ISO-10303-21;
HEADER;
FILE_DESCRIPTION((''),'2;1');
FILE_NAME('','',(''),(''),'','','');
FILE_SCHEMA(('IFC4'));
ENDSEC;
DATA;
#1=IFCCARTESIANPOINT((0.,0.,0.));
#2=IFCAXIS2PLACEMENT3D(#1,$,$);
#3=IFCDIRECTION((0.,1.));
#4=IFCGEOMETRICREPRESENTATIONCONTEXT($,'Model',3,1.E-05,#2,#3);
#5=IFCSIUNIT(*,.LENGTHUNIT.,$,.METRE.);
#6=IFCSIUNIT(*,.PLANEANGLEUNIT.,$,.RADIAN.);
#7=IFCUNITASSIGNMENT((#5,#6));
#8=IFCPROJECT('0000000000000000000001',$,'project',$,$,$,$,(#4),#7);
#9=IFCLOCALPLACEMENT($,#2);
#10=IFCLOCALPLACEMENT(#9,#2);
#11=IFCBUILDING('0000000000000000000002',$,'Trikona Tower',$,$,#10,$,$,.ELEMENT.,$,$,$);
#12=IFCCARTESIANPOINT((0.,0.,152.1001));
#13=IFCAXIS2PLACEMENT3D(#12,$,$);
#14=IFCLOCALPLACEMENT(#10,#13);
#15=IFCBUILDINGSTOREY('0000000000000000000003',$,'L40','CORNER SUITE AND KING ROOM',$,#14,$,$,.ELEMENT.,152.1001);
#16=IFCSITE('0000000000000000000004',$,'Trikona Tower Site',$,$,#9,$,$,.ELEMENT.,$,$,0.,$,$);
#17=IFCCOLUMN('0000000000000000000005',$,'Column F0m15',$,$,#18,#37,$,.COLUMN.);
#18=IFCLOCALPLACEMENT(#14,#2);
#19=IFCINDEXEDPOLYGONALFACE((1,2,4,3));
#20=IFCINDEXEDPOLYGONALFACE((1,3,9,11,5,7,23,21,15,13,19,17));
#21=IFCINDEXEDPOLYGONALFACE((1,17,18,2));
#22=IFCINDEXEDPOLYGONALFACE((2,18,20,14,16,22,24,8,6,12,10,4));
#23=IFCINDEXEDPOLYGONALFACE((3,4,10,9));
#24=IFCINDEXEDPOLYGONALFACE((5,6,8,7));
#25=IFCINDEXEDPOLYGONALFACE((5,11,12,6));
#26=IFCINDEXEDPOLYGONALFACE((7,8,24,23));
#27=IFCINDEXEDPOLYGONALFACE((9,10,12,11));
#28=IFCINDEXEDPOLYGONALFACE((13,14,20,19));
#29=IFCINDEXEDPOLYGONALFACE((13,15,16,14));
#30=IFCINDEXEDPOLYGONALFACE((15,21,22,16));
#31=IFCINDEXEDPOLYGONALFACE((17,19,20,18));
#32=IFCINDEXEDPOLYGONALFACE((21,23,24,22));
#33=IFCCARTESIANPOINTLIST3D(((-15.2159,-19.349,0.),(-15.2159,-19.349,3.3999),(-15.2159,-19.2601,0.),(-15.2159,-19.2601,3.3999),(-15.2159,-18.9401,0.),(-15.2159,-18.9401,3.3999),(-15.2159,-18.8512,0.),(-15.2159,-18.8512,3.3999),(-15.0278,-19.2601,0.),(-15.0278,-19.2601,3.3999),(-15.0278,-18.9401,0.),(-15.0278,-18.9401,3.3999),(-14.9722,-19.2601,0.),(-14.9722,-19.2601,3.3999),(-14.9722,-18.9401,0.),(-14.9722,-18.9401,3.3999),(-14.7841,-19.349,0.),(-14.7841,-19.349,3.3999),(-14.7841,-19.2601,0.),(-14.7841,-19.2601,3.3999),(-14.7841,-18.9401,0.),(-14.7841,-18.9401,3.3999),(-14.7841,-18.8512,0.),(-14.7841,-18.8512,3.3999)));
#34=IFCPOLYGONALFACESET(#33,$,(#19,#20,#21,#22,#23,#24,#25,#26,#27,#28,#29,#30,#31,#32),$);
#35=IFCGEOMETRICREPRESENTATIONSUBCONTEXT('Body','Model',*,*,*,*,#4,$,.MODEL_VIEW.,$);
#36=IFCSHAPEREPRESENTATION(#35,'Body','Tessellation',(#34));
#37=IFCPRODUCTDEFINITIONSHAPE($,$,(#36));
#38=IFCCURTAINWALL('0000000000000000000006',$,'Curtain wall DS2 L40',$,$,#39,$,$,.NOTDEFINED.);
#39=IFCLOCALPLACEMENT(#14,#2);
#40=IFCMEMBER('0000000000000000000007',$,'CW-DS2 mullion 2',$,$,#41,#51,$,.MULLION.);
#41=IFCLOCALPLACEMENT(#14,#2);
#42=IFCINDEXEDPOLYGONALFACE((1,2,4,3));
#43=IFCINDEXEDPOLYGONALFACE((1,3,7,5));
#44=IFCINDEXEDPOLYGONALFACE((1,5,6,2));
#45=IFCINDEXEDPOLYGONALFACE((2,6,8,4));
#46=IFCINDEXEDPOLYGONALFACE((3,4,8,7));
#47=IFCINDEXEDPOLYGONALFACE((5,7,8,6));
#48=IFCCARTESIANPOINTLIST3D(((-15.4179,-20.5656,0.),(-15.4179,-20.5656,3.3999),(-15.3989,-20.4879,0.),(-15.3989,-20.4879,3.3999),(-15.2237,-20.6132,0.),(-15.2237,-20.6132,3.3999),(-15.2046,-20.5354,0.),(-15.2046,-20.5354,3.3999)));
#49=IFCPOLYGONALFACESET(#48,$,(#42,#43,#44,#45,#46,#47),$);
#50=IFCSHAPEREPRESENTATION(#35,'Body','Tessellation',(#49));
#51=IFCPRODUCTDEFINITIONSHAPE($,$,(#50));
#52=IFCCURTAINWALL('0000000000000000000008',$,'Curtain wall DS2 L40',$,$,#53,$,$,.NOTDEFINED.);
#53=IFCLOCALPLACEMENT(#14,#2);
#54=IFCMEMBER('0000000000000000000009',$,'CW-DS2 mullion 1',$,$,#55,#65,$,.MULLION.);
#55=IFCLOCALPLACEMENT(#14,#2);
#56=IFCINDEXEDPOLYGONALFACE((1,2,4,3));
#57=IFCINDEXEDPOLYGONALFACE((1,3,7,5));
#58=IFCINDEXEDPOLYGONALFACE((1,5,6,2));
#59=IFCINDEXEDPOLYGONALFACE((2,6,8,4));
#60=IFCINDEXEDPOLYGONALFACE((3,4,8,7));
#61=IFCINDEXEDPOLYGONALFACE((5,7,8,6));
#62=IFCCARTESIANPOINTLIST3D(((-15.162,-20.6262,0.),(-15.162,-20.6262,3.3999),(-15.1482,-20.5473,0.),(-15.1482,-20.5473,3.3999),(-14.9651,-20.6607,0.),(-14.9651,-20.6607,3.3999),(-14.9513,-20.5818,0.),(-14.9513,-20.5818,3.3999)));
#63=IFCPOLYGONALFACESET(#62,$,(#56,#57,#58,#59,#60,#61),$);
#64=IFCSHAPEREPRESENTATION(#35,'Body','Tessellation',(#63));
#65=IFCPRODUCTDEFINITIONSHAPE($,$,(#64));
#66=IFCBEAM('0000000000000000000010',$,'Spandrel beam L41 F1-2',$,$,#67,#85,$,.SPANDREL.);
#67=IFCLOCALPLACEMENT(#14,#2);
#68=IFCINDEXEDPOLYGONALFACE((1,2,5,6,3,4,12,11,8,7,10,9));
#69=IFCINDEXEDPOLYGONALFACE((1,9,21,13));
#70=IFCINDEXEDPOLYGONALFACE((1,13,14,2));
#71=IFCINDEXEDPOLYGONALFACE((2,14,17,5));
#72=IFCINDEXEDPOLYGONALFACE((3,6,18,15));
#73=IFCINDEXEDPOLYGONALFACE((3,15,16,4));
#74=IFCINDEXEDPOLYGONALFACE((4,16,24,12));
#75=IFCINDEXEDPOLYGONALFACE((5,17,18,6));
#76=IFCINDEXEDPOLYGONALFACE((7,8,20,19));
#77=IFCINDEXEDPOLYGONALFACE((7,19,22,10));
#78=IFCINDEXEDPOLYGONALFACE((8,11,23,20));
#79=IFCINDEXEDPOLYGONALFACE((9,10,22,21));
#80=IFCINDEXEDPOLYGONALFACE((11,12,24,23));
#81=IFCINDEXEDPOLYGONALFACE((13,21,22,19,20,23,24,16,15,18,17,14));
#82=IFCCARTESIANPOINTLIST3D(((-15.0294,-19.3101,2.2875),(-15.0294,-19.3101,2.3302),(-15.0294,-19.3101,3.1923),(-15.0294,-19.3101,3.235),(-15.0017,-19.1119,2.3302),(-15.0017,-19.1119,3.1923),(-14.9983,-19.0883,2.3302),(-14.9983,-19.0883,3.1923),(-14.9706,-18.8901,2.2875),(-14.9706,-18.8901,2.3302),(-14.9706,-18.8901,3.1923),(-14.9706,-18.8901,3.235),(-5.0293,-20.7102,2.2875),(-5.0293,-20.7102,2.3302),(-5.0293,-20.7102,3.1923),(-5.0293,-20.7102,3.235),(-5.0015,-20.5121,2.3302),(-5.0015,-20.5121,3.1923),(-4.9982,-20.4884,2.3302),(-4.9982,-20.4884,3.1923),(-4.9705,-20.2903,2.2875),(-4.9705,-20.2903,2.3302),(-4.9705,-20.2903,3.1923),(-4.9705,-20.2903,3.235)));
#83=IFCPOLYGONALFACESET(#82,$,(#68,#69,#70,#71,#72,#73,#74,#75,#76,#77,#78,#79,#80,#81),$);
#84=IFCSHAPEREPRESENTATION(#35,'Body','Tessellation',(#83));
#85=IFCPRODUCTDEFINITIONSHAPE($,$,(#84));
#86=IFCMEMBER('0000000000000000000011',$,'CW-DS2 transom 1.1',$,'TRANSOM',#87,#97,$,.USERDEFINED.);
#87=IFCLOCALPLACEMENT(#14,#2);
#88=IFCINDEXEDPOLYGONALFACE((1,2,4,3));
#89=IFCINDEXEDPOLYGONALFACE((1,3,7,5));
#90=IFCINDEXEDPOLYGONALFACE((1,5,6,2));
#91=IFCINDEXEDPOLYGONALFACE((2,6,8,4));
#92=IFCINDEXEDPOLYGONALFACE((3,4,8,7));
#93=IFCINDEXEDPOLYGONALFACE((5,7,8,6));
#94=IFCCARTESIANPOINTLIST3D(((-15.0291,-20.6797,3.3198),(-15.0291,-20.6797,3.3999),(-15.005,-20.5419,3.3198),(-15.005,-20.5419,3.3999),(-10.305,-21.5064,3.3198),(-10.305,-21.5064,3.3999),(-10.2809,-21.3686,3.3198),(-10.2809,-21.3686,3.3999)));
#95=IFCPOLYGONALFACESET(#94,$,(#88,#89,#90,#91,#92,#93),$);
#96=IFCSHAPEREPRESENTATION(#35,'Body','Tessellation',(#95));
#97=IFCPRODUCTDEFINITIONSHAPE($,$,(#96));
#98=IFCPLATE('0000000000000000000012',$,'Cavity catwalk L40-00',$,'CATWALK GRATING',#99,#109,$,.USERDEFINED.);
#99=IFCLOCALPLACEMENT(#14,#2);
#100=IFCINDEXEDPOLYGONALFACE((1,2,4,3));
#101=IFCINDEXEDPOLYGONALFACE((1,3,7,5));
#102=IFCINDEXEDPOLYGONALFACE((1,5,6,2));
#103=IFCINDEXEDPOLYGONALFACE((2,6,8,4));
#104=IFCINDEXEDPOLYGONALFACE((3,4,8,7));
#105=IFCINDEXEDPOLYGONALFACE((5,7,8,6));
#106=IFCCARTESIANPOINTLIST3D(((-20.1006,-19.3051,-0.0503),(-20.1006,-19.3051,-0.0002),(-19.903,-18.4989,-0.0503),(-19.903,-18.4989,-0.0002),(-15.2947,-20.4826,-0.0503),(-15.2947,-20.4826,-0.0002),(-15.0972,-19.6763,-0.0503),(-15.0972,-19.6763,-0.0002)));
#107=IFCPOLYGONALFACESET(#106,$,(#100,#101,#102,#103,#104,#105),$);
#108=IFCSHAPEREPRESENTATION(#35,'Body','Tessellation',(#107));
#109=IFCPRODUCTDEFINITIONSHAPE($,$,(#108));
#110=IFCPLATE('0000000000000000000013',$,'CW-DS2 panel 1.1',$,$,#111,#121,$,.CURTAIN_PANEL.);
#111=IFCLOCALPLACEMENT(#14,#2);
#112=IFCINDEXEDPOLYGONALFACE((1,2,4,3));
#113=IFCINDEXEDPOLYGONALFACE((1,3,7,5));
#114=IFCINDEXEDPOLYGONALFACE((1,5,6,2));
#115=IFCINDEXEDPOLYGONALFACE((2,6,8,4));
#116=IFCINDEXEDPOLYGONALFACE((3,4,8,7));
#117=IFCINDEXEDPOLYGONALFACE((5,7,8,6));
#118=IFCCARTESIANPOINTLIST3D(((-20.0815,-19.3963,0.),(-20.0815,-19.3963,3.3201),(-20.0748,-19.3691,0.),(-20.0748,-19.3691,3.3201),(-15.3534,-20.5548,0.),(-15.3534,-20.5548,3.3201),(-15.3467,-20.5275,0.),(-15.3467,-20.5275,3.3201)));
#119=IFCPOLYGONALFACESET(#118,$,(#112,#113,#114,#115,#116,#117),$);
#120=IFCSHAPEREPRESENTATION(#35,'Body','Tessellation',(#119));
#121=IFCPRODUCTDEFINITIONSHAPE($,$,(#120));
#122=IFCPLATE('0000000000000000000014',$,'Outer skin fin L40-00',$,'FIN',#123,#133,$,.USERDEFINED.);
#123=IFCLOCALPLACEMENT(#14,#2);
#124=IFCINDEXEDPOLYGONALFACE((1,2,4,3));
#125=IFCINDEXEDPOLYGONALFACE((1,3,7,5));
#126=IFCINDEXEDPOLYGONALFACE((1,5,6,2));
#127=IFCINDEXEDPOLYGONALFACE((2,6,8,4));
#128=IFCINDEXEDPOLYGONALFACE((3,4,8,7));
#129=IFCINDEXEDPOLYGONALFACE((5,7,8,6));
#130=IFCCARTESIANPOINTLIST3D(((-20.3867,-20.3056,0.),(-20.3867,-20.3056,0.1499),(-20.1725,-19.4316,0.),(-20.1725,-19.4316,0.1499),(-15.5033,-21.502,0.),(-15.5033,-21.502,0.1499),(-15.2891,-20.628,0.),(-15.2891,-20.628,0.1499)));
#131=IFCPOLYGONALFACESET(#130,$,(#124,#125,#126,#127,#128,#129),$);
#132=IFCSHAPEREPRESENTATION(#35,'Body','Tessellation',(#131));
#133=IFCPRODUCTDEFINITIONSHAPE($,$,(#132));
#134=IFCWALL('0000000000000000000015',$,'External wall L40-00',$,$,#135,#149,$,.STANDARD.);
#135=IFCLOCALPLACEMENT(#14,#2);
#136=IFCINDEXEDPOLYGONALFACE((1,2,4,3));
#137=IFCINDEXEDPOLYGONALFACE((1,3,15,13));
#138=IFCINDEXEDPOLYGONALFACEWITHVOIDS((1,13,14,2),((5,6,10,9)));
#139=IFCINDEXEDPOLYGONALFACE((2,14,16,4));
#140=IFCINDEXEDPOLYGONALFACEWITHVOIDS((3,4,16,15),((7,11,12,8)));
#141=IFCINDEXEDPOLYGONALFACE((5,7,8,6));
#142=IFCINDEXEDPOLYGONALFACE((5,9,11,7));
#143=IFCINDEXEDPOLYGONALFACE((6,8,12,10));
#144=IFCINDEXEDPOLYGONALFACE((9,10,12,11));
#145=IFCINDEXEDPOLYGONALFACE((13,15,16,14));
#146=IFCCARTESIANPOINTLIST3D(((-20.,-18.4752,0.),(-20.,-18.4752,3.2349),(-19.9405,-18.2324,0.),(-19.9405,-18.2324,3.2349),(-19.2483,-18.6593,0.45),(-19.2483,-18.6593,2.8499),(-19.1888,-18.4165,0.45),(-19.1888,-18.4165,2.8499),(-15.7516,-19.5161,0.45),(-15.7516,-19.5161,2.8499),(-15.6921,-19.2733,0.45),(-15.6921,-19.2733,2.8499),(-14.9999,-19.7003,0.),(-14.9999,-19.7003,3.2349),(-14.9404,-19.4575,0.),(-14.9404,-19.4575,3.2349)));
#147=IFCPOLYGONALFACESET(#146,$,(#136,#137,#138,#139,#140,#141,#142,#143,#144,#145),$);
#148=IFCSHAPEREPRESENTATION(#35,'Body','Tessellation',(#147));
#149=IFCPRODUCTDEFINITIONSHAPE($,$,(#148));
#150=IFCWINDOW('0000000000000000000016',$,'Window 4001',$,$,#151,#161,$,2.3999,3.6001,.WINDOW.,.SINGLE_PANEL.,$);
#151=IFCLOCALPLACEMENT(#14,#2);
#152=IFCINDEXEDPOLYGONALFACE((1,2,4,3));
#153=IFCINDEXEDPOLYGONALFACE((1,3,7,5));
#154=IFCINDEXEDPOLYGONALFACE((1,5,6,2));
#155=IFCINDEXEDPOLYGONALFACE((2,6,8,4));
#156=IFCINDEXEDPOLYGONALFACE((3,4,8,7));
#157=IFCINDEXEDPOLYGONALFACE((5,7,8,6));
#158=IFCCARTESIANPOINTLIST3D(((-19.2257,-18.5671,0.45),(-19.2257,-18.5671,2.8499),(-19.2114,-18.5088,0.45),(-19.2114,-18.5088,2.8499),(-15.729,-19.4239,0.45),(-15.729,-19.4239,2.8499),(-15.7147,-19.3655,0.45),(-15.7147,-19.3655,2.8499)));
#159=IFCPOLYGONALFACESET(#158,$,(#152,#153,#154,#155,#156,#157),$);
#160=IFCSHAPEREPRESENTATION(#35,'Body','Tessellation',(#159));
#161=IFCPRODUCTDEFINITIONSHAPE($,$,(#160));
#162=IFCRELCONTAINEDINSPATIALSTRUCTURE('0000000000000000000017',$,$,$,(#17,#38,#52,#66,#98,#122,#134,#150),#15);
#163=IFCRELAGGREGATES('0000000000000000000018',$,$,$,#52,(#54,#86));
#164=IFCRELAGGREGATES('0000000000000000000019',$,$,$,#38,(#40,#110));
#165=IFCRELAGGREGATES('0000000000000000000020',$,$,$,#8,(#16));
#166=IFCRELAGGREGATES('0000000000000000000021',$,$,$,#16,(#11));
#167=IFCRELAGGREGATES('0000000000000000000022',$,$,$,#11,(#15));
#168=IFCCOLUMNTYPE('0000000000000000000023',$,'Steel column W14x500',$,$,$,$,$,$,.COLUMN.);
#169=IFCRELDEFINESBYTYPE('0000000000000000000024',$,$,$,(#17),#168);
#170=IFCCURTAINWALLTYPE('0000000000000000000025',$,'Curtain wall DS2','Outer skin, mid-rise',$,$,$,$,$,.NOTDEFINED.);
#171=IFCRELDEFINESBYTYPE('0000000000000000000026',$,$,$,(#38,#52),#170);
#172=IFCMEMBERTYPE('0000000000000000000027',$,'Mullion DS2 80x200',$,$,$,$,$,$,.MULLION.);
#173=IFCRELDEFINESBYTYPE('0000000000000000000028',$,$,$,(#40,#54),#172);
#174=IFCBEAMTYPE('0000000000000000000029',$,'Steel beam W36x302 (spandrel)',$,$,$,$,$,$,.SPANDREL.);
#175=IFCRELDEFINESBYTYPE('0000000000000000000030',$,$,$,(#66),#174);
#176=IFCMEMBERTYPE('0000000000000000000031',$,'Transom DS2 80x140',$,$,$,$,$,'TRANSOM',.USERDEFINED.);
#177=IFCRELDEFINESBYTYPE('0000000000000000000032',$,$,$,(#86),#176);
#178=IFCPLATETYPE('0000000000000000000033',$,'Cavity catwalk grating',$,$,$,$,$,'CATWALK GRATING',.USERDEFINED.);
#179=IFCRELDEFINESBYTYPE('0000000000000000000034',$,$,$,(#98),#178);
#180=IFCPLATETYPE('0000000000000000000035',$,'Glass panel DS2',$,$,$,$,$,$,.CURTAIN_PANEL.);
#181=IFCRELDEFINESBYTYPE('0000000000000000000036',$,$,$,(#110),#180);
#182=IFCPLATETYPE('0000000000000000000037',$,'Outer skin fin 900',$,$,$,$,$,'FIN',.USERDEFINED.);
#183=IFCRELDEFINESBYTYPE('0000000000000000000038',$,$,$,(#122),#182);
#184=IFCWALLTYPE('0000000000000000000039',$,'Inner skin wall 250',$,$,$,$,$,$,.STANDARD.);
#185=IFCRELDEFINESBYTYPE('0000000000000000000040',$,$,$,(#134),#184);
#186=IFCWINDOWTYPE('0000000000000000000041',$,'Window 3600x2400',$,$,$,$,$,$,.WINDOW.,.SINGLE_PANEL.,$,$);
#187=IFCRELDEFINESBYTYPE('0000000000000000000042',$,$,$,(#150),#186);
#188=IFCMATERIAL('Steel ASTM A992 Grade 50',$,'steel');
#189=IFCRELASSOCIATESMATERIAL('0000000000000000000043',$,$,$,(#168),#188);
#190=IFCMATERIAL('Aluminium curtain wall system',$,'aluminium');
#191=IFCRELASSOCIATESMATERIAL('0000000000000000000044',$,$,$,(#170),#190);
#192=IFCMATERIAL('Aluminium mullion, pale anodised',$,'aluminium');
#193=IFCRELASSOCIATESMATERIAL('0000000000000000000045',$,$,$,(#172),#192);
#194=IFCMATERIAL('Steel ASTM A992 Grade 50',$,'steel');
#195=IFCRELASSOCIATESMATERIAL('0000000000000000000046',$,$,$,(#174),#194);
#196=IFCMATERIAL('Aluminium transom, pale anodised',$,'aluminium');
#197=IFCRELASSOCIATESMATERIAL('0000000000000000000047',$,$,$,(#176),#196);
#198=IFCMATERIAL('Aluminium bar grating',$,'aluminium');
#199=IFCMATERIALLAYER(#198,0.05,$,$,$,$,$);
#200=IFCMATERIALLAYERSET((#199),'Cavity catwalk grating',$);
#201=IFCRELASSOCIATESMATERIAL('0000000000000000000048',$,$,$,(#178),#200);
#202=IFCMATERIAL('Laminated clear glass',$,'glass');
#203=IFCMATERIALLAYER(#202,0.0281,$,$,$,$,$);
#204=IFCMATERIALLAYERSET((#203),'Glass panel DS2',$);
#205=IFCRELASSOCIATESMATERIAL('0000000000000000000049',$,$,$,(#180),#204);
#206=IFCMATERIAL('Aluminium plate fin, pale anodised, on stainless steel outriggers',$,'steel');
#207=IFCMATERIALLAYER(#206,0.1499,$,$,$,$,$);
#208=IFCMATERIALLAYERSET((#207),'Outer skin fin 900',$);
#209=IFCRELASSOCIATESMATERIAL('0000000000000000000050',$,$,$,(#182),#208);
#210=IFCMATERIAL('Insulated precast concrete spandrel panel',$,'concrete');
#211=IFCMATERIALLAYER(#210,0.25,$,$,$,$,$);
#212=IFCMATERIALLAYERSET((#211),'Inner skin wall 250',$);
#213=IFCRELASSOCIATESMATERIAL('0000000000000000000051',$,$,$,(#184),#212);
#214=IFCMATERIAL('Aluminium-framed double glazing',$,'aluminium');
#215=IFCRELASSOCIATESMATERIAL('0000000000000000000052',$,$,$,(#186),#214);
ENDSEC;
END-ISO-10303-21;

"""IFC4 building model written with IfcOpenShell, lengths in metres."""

from ifc_helpers import new_model, si_unit, direction, frame, frame_2d, origin, origin_2d, place, context, subcontext, project, spatial, rectangle, i_section, extrude, material, layer, layer_set, material_profile, profile_set, type_object, element, fill, aggregate, save


model = new_model("IFC4")

# Units and contexts
model_context = context("Model", 3, precision=1e-05, world=origin(), true_north=direction((0.0, 1.0)))
body_context = subcontext(model_context, "Body", "Model", "MODEL_VIEW")
ifc_project = project(units=[si_unit("LENGTHUNIT", "METRE"), si_unit("PLANEANGLEUNIT", "RADIAN")], contexts=[model_context])

# Site, building, storey
site_placement = place(None, origin())
site = spatial("IfcSite", under=ifc_project, at=site_placement, Name="Trikona Tower Site", CompositionType="ELEMENT", RefElevation=0.0)
building_placement = place(site_placement, origin())
building = spatial("IfcBuilding", under=site, at=building_placement, Name="Trikona Tower", CompositionType="ELEMENT")
storey_placement = place(building_placement, frame((0.0, 0.0, 152.1001)))
storey = spatial("IfcBuildingStorey", under=building, at=storey_placement, Name="L40", Description="CORNER SUITE AND KING ROOM", CompositionType="ELEMENT", Elevation=152.1001)

# Column
ifc_material_1 = material(Name="Steel ASTM A992 Grade 50", Category="steel")
ifc_material_profile_1 = material_profile(ifc_material_1, i_section(OverallWidth=0.4319, OverallDepth=0.4978, WebThickness=0.0557, FlangeThickness=0.0889, at=origin_2d()), Name="W14X500")
ifc_profile_set_1 = profile_set([ifc_material_profile_1], Name="Steel ASTM A992 Grade 50")
column_type = type_object("IfcColumnType", Name="Steel column W14x500", PredefinedType="COLUMN", material=ifc_profile_set_1)
column_placement = place(storey_placement, frame((-15.0, -19.1001, 0.0), z_axis=(0.0, 0.0, 1.0), x_axis=(1.0, 0.0, 0.0)))
element("IfcColumn", 1, at=column_placement, inside=storey, type_object=column_type, Name="Column F0m15", PredefinedType="COLUMN", context=body_context, shape_type="SweptSolid", body=[
    extrude(i_section(OverallWidth=0.4319, OverallDepth=0.4978, WebThickness=0.0557, FlangeThickness=0.0889, at=origin_2d()), origin(), (0.0, 0.0, 1.0), 3.3999),
])

# Curtain walls, members
ifc_material_2 = material(Name="Aluminium curtain wall system", Category="aluminium")
curtain_wall_type = type_object("IfcCurtainWallType", Name="Curtain wall DS2", Description="Outer skin, mid-rise", PredefinedType="NOTDEFINED", material=ifc_material_2)
curtain_wall_1_placement = place(storey_placement, origin())
curtain_wall_1 = element("IfcCurtainWall", 2, at=curtain_wall_1_placement, inside=storey, type_object=curtain_wall_type, Name="Curtain wall DS2 L40", PredefinedType="NOTDEFINED")
ifc_material_3 = material(Name="Aluminium mullion, pale anodised", Category="aluminium")
ifc_material_profile_2 = material_profile(ifc_material_3, rectangle(XDim=0.0801, YDim=0.2, at=origin_2d()), Name="MUL-DS2")
ifc_profile_set_2 = profile_set([ifc_material_profile_2], Name="Aluminium mullion, pale anodised")
member_type_1 = type_object("IfcMemberType", Name="Mullion DS2 80x200", PredefinedType="MULLION", material=ifc_profile_set_2)
member_1_placement = place(storey_placement, frame((-15.3113, -20.5505, 0.0), z_axis=(0.0, 0.0, 1.0), x_axis=(0.23797, 0.971272, 0.0)))
member_1 = element("IfcMember", 3, at=member_1_placement, type_object=member_type_1, Name="CW-DS2 mullion 2", PredefinedType="MULLION", context=body_context, shape_type="SweptSolid", body=[
    extrude(rectangle(XDim=0.0801, YDim=0.2, at=origin_2d()), origin(), (0.0, 0.0, 1.0), 3.3999),
])
curtain_wall_2_placement = place(storey_placement, origin())
curtain_wall_2 = element("IfcCurtainWall", 4, at=curtain_wall_2_placement, inside=storey, type_object=curtain_wall_type, Name="Curtain wall DS2 L40", PredefinedType="NOTDEFINED")
member_2_placement = place(storey_placement, frame((-15.0566, -20.604, 0.0), z_axis=(0.0, 0.0, 1.0), x_axis=(0.172377, 0.985031, 0.0)))
member_2 = element("IfcMember", 5, at=member_2_placement, type_object=member_type_1, Name="CW-DS2 mullion 1", PredefinedType="MULLION", context=body_context, shape_type="SweptSolid", body=[
    extrude(rectangle(XDim=0.0801, YDim=0.2, at=origin_2d()), origin(), (0.0, 0.0, 1.0), 3.3999),
])

# Beam
ifc_material_4 = material(Name="Steel ASTM A992 Grade 50", Category="steel")
ifc_material_profile_3 = material_profile(ifc_material_4, i_section(OverallWidth=0.4241, OverallDepth=0.9475, WebThickness=0.0239, FlangeThickness=0.0427, at=origin_2d()), Name="W36X302")
ifc_profile_set_3 = profile_set([ifc_material_profile_3], Name="Steel ASTM A992 Grade 50")
beam_type = type_object("IfcBeamType", Name="Steel beam W36x302 (spandrel)", PredefinedType="SPANDREL", material=ifc_profile_set_3)
beam_placement = place(storey_placement, frame((-15.0, -19.1001, 2.7612), z_axis=(0.99034, -0.138662, 0.0), x_axis=(0.138662, 0.99034, 0.0)))
element("IfcBeam", 6, at=beam_placement, inside=storey, type_object=beam_type, Name="Spandrel beam L41 F1-2", PredefinedType="SPANDREL", context=body_context, shape_type="SweptSolid", body=[
    extrude(i_section(OverallWidth=0.4241, OverallDepth=0.9475, WebThickness=0.0239, FlangeThickness=0.0427, at=origin_2d()), origin(), (0.0, 0.0, 1.0), 10.0977),
])

# Member
ifc_material_5 = material(Name="Aluminium transom, pale anodised", Category="aluminium")
ifc_material_profile_4 = material_profile(ifc_material_5, rectangle(XDim=0.1399, YDim=0.0801, at=origin_2d()), Name="TRN-DS2")
ifc_profile_set_4 = profile_set([ifc_material_profile_4], Name="Aluminium transom, pale anodised")
member_type_2 = type_object("IfcMemberType", Name="Transom DS2 80x140", ElementType="TRANSOM", PredefinedType="USERDEFINED", material=ifc_profile_set_4)
member_3_placement = place(storey_placement, frame((-15.0171, -20.6108, 3.3599), z_axis=(0.985033, -0.172368, 0.0), x_axis=(0.172368, 0.985033, 0.0)))
member_3 = element("IfcMember", 7, at=member_3_placement, type_object=member_type_2, Name="CW-DS2 transom 1.1", ObjectType="TRANSOM", PredefinedType="USERDEFINED", context=body_context, shape_type="SweptSolid", body=[
    extrude(rectangle(XDim=0.1399, YDim=0.0801, at=origin_2d()), origin(), (0.0, 0.0, 1.0), 4.7959),
])
aggregate(curtain_wall_2, [member_2, member_3])

# Plates
ifc_material_6 = material(Name="Aluminium bar grating", Category="aluminium")
ifc_layer_1 = layer(ifc_material_6, 0.05)
ifc_layer_set_1 = layer_set([ifc_layer_1], Name="Cavity catwalk grating")
plate_type_1 = type_object("IfcPlateType", Name="Cavity catwalk grating", ElementType="CATWALK GRATING", PredefinedType="USERDEFINED", material=ifc_layer_set_1)
plate_1_placement = place(storey_placement, frame((-17.5989, -19.4907, -0.0503), z_axis=(0.0, 0.0, 1.0), x_axis=(0.971274, -0.237962, 0.0)))
element("IfcPlate", 8, at=plate_1_placement, inside=storey, type_object=plate_type_1, Name="Cavity catwalk L40-00", ObjectType="CATWALK GRATING", PredefinedType="USERDEFINED", context=body_context, shape_type="SweptSolid", body=[
    extrude(rectangle(XDim=4.948, YDim=0.8301, at=origin_2d()), origin(), (0.0, 0.0, 1.0), 0.05),
])
ifc_material_7 = material(Name="Laminated clear glass", Category="glass")
ifc_layer_2 = layer(ifc_material_7, 0.0281)
ifc_layer_set_2 = layer_set([ifc_layer_2], Name="Glass panel DS2")
plate_type_2 = type_object("IfcPlateType", Name="Glass panel DS2", PredefinedType="CURTAIN_PANEL", material=ifc_layer_set_2)
plate_2_placement = place(storey_placement, frame((-17.7141, -19.9619, 0.0), z_axis=(0.0, 0.0, 1.0), x_axis=(0.971272, -0.23797, 0.0)))
plate_2 = element("IfcPlate", 9, at=plate_2_placement, type_object=plate_type_2, Name="CW-DS2 panel 1.1", PredefinedType="CURTAIN_PANEL", context=body_context, shape_type="SweptSolid", body=[
    extrude(rectangle(XDim=4.8679, YDim=0.0281, at=origin_2d()), origin(), (0.0, 0.0, 1.0), 3.3201),
])
aggregate(curtain_wall_1, [member_1, plate_2])
ifc_material_8 = material(Name="Aluminium plate fin, pale anodised, on stainless steel outriggers", Category="steel")
ifc_layer_3 = layer(ifc_material_8, 0.1499)
ifc_layer_set_3 = layer_set([ifc_layer_3], Name="Outer skin fin 900")
plate_type_3 = type_object("IfcPlateType", Name="Outer skin fin 900", ElementType="FIN", PredefinedType="USERDEFINED", material=ifc_layer_set_3)
plate_3_placement = place(storey_placement, frame((-17.8379, -20.4668, 0.0), z_axis=(0.0, 0.0, 1.0), x_axis=(0.971274, -0.237962, 0.0)))
element("IfcPlate", 10, at=plate_3_placement, inside=storey, type_object=plate_type_3, Name="Outer skin fin L40-00", ObjectType="FIN", PredefinedType="USERDEFINED", context=body_context, shape_type="SweptSolid", body=[
    extrude(rectangle(XDim=5.0278, YDim=0.8999, at=origin_2d()), origin(), (0.0, 0.0, 1.0), 0.1499),
])

# Wall, opening, window
ifc_material_9 = material(Name="Insulated precast concrete spandrel panel", Category="concrete")
ifc_layer_4 = layer(ifc_material_9, 0.25)
ifc_layer_set_4 = layer_set([ifc_layer_4], Name="Inner skin wall 250")
wall_type_1 = type_object("IfcWallType", Name="Inner skin wall 250", PredefinedType="STANDARD", material=ifc_layer_set_4)
wall_1_placement = place(storey_placement, frame((-19.9702, -18.3538, 0.0), z_axis=(0.0, 0.0, 1.0), x_axis=(0.97127, -0.23798, 0.0)))
wall_1 = element("IfcWall", 11, at=wall_1_placement, inside=storey, type_object=wall_type_1, Name="External wall L40-00", PredefinedType="STANDARD", context=body_context, shape_type="SweptSolid", body=[
    extrude(rectangle(XDim=5.1479, YDim=0.25, at=frame_2d((2.574, 0.0))), origin(), (0.0, 0.0, 1.0), 3.2349),
])
opening_1_placement = place(wall_1_placement, frame((0.7739, 0.0, 0.45)))
opening_1 = element("IfcOpeningElement", 12, at=opening_1_placement, cuts=wall_1, PredefinedType="OPENING", context=body_context, shape_type="SweptSolid", body=[
    extrude(rectangle(XDim=3.6001, YDim=2.3999, at=frame_2d((1.8, 1.2))), frame((0.0, 0.135, 0.0), z_axis=(0.0, -1.0, 0.0), x_axis=(1.0, 0.0, 0.0)), (0.0, 0.0, 1.0), 0.27),
])
ifc_material_10 = material(Name="Aluminium-framed double glazing", Category="aluminium")
window_type = type_object("IfcWindowType", Name="Window 3600x2400", PartitioningType="SINGLE_PANEL", PredefinedType="WINDOW", material=ifc_material_10)
window_1_placement = place(opening_1_placement, origin())
window_1 = element("IfcWindow", 13, at=window_1_placement, inside=storey, type_object=window_type, Name="Window 4001", OverallHeight=2.3999, OverallWidth=3.6001, PartitioningType="SINGLE_PANEL", PredefinedType="WINDOW", context=body_context, shape_type="SweptSolid", body=[
    extrude(rectangle(XDim=3.6001, YDim=2.3999, at=frame_2d((1.8, 1.2))), frame((0.0, 0.03, 0.0), z_axis=(0.0, -1.0, 0.0), x_axis=(1.0, 0.0, 0.0)), (0.0, 0.0, 1.0), 0.0601),
])
fill(opening_1, window_1)

save(model, "model.ifc")
